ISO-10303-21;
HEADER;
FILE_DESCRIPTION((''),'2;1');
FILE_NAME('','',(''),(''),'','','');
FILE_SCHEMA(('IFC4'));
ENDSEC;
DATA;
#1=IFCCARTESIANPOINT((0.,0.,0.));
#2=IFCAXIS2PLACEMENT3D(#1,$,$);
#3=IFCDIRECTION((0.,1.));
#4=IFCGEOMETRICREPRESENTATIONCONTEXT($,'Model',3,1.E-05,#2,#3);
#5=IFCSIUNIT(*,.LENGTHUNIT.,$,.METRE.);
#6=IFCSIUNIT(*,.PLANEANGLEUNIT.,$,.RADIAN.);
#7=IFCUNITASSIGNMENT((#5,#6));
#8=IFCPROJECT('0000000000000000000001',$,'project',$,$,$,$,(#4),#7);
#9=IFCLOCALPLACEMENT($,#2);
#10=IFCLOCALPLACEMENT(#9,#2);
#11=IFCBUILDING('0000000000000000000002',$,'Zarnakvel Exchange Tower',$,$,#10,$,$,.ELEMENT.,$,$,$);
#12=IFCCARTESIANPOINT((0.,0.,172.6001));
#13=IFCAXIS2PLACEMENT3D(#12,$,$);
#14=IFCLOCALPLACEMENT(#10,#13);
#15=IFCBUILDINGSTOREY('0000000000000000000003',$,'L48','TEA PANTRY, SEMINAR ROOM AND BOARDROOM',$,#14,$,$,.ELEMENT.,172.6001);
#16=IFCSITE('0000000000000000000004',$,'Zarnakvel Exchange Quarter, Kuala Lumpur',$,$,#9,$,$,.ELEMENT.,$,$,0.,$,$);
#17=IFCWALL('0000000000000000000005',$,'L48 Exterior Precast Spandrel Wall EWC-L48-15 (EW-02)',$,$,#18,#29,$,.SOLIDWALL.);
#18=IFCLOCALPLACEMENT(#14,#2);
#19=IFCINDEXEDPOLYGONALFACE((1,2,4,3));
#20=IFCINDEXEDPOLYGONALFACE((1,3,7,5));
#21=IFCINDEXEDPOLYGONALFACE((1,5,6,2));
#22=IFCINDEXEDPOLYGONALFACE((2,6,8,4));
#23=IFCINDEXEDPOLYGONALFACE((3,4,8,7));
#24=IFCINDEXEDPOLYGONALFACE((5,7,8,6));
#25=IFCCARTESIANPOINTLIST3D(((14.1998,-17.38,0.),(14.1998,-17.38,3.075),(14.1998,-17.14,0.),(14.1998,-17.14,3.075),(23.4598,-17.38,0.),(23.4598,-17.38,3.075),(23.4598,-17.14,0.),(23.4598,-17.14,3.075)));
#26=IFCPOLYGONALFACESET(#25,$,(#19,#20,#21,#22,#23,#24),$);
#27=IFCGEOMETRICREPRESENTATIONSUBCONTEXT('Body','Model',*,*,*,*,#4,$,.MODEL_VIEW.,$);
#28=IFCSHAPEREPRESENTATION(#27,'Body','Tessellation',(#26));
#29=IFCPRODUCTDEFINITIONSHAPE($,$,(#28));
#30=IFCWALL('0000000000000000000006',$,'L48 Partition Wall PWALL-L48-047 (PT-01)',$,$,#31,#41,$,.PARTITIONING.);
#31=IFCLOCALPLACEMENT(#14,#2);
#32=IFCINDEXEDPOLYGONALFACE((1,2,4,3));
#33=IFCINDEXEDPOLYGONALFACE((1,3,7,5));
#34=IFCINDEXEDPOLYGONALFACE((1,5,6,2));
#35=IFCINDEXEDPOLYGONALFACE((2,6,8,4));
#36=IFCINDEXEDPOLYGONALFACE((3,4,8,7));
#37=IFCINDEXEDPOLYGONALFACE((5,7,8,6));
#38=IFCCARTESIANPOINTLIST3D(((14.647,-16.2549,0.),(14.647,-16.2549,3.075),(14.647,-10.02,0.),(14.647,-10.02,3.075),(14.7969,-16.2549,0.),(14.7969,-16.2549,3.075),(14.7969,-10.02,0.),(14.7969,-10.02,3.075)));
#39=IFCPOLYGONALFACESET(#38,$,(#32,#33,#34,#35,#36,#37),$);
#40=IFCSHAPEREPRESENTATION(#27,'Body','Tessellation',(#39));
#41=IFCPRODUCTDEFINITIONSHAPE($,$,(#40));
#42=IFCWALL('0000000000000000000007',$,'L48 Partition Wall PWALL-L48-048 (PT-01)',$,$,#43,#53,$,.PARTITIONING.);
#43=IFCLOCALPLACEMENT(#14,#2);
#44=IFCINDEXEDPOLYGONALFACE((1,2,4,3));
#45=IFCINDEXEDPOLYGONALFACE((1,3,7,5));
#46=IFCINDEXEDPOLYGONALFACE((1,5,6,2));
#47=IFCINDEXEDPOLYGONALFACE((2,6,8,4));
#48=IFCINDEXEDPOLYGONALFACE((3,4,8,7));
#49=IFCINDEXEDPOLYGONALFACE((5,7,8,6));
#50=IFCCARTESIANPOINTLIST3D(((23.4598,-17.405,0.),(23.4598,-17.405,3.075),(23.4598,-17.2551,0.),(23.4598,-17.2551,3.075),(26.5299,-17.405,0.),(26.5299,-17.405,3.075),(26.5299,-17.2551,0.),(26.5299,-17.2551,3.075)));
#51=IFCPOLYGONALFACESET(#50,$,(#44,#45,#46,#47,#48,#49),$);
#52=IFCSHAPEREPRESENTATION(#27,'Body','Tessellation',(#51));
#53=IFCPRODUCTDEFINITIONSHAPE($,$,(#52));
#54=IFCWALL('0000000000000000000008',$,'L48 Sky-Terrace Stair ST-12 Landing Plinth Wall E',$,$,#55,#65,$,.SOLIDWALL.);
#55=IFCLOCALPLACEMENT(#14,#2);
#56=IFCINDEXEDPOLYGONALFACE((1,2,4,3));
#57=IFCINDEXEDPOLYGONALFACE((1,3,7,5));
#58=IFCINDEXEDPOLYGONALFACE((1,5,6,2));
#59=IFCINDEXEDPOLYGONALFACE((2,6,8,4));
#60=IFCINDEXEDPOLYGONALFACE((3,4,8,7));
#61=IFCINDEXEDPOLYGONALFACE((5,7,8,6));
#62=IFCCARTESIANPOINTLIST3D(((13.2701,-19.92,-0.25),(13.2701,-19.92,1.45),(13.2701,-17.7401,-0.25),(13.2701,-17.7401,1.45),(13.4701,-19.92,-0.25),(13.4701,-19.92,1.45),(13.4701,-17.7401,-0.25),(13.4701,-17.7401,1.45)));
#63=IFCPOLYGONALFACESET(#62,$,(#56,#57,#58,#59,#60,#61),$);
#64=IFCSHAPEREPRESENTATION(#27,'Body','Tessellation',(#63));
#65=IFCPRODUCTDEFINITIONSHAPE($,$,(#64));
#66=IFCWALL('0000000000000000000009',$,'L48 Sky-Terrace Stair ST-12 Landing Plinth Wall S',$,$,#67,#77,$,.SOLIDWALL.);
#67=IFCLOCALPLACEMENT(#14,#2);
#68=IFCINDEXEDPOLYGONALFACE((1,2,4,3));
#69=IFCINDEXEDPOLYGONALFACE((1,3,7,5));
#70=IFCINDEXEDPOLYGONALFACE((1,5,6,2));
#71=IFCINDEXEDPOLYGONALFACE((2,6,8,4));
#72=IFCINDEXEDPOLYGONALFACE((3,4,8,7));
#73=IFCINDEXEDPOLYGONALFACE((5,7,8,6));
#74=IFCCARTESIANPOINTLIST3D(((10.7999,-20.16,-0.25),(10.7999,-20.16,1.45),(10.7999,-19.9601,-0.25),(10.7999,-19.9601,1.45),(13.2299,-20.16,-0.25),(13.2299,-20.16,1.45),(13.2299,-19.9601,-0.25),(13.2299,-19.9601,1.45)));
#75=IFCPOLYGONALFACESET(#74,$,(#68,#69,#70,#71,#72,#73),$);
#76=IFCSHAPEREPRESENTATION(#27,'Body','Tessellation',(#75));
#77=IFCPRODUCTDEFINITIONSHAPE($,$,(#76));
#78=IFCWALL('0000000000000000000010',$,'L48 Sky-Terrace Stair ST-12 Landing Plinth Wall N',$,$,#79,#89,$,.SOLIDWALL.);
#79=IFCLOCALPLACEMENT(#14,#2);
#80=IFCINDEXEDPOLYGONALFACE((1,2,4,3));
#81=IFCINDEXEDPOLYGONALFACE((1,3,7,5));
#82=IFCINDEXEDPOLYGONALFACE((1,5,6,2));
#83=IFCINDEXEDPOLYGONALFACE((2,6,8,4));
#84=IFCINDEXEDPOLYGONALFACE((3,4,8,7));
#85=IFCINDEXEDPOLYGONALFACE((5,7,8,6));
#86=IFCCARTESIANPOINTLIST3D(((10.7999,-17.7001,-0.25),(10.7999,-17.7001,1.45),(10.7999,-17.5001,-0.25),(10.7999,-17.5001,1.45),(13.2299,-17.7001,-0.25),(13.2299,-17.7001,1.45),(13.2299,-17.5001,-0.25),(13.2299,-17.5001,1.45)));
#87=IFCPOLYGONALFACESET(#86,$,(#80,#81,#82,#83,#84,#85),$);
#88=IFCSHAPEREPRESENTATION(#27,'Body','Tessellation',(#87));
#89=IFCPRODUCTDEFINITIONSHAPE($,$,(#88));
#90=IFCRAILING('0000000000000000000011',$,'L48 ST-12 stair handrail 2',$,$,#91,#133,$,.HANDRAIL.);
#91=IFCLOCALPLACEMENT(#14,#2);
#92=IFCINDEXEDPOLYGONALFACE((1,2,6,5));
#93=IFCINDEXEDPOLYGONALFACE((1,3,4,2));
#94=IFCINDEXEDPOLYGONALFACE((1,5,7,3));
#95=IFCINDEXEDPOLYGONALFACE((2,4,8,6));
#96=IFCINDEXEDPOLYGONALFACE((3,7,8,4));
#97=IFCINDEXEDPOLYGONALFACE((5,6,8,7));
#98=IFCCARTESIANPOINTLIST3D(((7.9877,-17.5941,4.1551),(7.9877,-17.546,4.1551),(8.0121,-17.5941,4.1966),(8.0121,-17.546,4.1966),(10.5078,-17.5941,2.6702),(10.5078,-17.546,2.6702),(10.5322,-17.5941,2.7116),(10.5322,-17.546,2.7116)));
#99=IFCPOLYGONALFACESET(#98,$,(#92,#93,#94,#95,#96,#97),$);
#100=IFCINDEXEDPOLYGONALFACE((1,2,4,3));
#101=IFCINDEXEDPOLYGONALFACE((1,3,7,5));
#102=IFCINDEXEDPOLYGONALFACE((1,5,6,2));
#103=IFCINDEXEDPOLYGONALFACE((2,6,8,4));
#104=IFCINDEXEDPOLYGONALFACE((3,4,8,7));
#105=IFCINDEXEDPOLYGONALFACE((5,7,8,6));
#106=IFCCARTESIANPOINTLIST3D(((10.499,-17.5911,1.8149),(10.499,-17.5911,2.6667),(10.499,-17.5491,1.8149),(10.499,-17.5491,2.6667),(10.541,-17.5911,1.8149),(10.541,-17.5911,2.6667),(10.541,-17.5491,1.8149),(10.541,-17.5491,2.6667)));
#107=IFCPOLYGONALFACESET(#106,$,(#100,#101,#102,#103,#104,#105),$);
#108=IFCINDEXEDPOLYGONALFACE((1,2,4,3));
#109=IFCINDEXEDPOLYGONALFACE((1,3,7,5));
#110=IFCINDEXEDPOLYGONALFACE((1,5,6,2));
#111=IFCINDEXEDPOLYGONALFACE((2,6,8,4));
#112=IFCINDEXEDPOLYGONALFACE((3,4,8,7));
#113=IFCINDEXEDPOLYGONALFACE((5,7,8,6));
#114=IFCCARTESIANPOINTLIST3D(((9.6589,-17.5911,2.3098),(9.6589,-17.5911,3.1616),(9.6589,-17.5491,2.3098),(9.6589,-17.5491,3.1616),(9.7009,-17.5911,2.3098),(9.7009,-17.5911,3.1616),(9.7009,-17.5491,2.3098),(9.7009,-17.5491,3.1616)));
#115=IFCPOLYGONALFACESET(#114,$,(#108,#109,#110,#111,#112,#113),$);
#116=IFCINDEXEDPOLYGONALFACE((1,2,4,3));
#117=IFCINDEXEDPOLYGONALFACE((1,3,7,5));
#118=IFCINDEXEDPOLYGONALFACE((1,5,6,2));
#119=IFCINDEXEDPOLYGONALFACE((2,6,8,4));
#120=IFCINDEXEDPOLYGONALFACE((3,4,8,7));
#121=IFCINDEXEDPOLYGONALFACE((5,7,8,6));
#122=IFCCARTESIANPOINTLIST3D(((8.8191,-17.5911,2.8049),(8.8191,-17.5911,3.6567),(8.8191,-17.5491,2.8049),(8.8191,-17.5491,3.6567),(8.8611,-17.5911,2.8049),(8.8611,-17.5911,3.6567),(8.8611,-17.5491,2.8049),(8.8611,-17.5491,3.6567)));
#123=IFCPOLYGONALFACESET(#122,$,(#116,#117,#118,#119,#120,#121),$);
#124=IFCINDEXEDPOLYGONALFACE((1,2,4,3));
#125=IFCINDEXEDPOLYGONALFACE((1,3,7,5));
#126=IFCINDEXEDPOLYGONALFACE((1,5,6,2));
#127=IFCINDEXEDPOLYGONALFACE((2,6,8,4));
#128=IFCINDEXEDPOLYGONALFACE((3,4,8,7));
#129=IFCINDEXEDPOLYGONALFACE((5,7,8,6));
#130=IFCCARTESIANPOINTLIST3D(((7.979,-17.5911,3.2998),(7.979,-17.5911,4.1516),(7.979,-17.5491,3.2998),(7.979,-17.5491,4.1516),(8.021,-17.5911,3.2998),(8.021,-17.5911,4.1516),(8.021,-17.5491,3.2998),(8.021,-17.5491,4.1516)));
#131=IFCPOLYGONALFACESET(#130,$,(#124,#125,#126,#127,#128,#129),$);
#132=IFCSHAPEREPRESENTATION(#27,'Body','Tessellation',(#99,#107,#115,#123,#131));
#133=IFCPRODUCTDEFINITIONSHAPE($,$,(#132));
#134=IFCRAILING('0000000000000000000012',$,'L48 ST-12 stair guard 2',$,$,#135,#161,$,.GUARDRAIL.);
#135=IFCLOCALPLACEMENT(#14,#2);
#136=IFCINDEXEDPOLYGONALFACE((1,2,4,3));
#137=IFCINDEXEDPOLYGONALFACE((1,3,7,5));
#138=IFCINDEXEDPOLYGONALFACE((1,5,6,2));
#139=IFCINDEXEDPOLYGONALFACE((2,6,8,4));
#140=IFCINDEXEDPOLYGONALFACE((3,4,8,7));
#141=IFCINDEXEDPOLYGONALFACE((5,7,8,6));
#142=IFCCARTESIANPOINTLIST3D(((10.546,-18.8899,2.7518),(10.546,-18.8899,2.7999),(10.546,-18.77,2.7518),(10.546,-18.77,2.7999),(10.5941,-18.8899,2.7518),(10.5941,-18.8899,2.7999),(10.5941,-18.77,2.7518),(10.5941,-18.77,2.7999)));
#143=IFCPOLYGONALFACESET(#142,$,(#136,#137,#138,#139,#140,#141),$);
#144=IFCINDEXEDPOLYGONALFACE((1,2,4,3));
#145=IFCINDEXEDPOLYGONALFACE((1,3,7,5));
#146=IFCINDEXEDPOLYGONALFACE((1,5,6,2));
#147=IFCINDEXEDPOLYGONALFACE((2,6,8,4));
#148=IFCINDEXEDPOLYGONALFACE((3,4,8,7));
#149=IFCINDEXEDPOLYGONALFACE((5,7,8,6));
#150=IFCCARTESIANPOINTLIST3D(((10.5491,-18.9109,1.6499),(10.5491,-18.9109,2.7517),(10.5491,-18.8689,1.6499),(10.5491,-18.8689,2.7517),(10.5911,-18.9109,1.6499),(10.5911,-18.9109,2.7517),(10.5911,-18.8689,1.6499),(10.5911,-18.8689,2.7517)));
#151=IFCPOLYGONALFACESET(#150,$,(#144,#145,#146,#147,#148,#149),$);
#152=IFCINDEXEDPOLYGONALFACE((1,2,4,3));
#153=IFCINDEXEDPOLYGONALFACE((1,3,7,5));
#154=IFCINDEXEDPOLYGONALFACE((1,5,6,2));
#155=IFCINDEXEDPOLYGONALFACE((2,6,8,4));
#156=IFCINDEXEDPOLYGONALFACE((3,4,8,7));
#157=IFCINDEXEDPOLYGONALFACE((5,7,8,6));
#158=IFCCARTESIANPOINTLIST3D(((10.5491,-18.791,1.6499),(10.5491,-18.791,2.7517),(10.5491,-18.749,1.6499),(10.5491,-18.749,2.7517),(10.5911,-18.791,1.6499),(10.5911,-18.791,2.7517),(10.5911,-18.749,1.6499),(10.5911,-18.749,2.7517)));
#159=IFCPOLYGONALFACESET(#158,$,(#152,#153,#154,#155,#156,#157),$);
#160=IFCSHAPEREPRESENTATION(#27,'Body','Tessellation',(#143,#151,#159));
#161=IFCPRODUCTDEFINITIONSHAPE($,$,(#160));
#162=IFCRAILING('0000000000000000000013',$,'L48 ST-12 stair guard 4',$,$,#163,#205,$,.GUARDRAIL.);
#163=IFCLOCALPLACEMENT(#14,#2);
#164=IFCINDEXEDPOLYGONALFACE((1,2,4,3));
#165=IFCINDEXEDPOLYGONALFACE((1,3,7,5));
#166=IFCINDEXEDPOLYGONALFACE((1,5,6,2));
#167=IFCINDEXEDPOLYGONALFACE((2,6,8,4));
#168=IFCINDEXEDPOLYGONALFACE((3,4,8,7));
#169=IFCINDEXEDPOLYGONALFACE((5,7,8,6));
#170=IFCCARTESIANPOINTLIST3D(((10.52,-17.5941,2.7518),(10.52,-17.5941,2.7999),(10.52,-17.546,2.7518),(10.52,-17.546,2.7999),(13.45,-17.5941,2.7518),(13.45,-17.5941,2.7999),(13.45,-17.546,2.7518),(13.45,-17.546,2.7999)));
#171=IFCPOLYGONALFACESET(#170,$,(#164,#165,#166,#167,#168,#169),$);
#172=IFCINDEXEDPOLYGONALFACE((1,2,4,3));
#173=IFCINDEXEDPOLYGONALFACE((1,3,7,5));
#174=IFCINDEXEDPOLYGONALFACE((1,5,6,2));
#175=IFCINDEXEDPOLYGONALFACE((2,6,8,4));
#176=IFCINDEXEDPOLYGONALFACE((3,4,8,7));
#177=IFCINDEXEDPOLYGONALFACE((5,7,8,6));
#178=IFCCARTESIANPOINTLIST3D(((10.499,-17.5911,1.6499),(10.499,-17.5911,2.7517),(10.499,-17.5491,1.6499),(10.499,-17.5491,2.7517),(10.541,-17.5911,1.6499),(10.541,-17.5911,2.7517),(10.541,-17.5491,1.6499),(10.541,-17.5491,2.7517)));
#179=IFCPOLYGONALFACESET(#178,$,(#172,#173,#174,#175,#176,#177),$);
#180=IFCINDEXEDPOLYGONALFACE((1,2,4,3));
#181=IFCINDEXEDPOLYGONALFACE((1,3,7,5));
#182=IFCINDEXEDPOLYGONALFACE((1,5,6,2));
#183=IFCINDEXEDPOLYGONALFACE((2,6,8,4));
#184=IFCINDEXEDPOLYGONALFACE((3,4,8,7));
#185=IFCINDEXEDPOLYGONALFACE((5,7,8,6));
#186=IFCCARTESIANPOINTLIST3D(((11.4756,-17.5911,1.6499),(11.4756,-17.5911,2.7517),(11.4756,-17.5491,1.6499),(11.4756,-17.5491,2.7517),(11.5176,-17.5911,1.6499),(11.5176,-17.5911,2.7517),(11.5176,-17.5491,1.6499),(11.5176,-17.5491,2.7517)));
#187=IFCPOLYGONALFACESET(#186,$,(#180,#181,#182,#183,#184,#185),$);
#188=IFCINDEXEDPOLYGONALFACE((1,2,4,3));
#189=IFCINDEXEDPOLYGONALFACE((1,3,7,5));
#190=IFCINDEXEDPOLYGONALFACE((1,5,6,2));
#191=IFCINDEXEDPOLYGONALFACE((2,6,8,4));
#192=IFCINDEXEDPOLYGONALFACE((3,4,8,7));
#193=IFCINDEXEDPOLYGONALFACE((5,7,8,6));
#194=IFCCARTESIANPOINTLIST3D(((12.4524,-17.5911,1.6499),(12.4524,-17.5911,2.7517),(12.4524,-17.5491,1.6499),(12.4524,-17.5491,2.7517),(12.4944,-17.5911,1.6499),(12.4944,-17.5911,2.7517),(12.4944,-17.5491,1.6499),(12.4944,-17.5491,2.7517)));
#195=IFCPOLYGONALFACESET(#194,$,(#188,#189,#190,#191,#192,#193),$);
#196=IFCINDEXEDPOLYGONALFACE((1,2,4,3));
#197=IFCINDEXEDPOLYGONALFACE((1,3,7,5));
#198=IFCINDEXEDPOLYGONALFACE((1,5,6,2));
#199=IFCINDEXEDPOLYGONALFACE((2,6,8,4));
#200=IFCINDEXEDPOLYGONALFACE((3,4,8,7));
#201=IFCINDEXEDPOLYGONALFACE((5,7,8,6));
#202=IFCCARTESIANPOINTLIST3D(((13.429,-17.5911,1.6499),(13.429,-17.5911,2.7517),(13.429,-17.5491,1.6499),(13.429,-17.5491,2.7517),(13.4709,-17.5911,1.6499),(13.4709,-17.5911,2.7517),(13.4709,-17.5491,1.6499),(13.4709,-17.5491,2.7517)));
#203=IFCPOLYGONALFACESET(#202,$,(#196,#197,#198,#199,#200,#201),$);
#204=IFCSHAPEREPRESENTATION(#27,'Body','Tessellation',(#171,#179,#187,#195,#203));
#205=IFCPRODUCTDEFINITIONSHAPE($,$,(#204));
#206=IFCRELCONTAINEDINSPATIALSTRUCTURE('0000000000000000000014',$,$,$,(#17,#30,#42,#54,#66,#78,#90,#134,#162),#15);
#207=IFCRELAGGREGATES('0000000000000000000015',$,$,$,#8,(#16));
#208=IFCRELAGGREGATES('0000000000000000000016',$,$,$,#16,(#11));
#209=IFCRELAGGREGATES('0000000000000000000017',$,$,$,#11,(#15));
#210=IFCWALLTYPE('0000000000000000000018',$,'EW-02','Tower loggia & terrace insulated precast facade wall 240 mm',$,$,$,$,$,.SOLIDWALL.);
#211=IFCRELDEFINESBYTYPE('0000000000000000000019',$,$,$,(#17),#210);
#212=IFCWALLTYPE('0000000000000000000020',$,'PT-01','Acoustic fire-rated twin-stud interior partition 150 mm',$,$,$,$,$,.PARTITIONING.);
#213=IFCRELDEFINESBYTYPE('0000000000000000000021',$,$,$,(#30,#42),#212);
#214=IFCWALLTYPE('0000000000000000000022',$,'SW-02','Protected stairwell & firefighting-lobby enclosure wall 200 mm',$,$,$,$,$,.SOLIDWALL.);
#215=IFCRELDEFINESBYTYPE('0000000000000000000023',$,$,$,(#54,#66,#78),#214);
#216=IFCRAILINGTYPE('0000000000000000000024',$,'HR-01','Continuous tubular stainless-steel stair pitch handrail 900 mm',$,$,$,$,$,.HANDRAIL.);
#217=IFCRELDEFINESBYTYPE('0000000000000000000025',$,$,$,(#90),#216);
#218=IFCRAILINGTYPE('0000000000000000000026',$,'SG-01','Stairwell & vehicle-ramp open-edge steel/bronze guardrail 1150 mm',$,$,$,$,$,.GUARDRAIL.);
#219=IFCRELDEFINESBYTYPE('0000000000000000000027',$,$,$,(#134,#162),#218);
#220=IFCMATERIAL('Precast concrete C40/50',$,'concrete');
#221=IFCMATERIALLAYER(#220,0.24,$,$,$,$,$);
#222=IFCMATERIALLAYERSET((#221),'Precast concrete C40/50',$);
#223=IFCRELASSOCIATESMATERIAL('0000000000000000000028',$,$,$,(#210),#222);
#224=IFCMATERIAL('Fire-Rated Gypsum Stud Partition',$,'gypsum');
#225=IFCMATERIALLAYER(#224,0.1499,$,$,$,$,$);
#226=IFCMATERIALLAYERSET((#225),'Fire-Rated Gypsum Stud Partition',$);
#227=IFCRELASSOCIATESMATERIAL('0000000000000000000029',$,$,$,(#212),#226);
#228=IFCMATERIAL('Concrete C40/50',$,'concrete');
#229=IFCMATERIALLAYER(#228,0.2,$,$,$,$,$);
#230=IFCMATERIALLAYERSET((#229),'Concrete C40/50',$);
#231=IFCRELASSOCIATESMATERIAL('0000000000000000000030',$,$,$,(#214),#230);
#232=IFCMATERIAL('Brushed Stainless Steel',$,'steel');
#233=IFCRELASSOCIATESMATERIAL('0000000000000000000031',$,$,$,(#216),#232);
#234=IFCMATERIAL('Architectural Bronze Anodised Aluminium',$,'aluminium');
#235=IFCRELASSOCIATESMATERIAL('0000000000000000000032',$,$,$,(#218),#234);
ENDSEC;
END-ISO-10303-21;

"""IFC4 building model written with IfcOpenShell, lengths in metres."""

from ifc_helpers import new_model, si_unit, direction, frame, frame_2d, origin, origin_2d, place, context, subcontext, project, spatial, rectangle, extrude, material, layer, layer_set, type_object, element, save


model = new_model("IFC4")

# Units and contexts
model_context = context("Model", 3, precision=1e-05, world=origin(), true_north=direction((0.0, 1.0)))
body_context = subcontext(model_context, "Body", "Model", "MODEL_VIEW")
ifc_project = project(units=[si_unit("LENGTHUNIT", "METRE"), si_unit("PLANEANGLEUNIT", "RADIAN")], contexts=[model_context])

# Site, building, storey
site_placement = place(None, origin())
site = spatial("IfcSite", under=ifc_project, at=site_placement, Name="Zarnakvel Exchange Quarter, Kuala Lumpur", CompositionType="ELEMENT", RefElevation=0.0)
building_placement = place(site_placement, origin())
building = spatial("IfcBuilding", under=site, at=building_placement, Name="Zarnakvel Exchange Tower", CompositionType="ELEMENT")
storey_placement = place(building_placement, frame((0.0, 0.0, 172.6001)))
storey = spatial("IfcBuildingStorey", under=building, at=storey_placement, Name="L48", Description="TEA PANTRY, SEMINAR ROOM AND BOARDROOM", CompositionType="ELEMENT", Elevation=172.6001)

# Shared definitions
ifc_material_1 = material(Name="Architectural Bronze Anodised Aluminium", Category="aluminium")

# Shared definitions
ifc_material_2 = material(Name="Precast concrete C40/50", Category="concrete")
ifc_layer_1 = layer(ifc_material_2, 0.24)
ifc_layer_set_1 = layer_set([ifc_layer_1], Name="Precast concrete C40/50")
wall_type_1 = type_object("IfcWallType", Name="EW-02", Description="Tower loggia & terrace insulated precast facade wall 240 mm", PredefinedType="SOLIDWALL", material=ifc_layer_set_1)

# Walls
wall_1_placement = place(storey_placement, frame((14.2, -17.26, 0.0), z_axis=(0.0, 0.0, 1.0), x_axis=(1.0, 0.0, 0.0)))
element("IfcWall", 1, at=wall_1_placement, inside=storey, type_object=wall_type_1, Name="L48 Exterior Precast Spandrel Wall EWC-L48-15 (EW-02)", PredefinedType="SOLIDWALL", context=body_context, shape_type="SweptSolid", body=[
    extrude(rectangle(XDim=9.26, YDim=0.24, at=frame_2d((4.6299, 0.0))), origin(), (0.0, 0.0, 1.0), 3.075),
])
ifc_material_3 = material(Name="Fire-Rated Gypsum Stud Partition", Category="gypsum")
ifc_layer_2 = layer(ifc_material_3, 0.1499)
ifc_layer_set_2 = layer_set([ifc_layer_2], Name="Fire-Rated Gypsum Stud Partition")
wall_type_2 = type_object("IfcWallType", Name="PT-01", Description="Acoustic fire-rated twin-stud interior partition 150 mm", PredefinedType="PARTITIONING", material=ifc_layer_set_2)
wall_2_placement = place(storey_placement, frame((14.7219, -10.02, 0.0), z_axis=(0.0, 0.0, 1.0), x_axis=(0.0, -1.0, 0.0)))
element("IfcWall", 2, at=wall_2_placement, inside=storey, type_object=wall_type_2, Name="L48 Partition Wall PWALL-L48-047 (PT-01)", PredefinedType="PARTITIONING", context=body_context, shape_type="SweptSolid", body=[
    extrude(rectangle(XDim=6.2349, YDim=0.1499, at=frame_2d((3.1174, 0.0))), origin(), (0.0, 0.0, 1.0), 3.075),
])
wall_3_placement = place(storey_placement, frame((26.53, -17.3301, 0.0), z_axis=(0.0, 0.0, 1.0), x_axis=(-1.0, 0.0, 0.0)))
element("IfcWall", 3, at=wall_3_placement, inside=storey, type_object=wall_type_2, Name="L48 Partition Wall PWALL-L48-048 (PT-01)", PredefinedType="PARTITIONING", context=body_context, shape_type="SweptSolid", body=[
    extrude(rectangle(XDim=3.0701, YDim=0.1499, at=frame_2d((1.5352, 0.0))), origin(), (0.0, 0.0, 1.0), 3.075),
])
ifc_material_4 = material(Name="Concrete C40/50", Category="concrete")
ifc_layer_3 = layer(ifc_material_4, 0.2)
ifc_layer_set_3 = layer_set([ifc_layer_3], Name="Concrete C40/50")
wall_type_3 = type_object("IfcWallType", Name="SW-02", Description="Protected stairwell & firefighting-lobby enclosure wall 200 mm", PredefinedType="SOLIDWALL", material=ifc_layer_set_3)
wall_4_placement = place(storey_placement, frame((13.3701, -19.9199, -0.25), z_axis=(0.0, 0.0, 1.0), x_axis=(0.0, 1.0, 0.0)))
element("IfcWall", 4, at=wall_4_placement, inside=storey, type_object=wall_type_3, Name="L48 Sky-Terrace Stair ST-12 Landing Plinth Wall E", PredefinedType="SOLIDWALL", context=body_context, shape_type="SweptSolid", body=[
    extrude(rectangle(XDim=2.1799, YDim=0.2, at=frame_2d((1.0898, 0.0))), origin(), (0.0, 0.0, 1.0), 1.7),
])
for number, where, z_axis, x_axis, name in (
    (5, (10.8, -20.0601, -0.25), (0.0, 0.0, 1.0), (1.0, 0.0, 0.0), "L48 Sky-Terrace Stair ST-12 Landing Plinth Wall S"),
    (6, (10.8, -17.6001, -0.25), (0.0, 0.0, 1.0), (1.0, 0.0, 0.0), "L48 Sky-Terrace Stair ST-12 Landing Plinth Wall N"),
):
    element("IfcWall", number, at=place(storey_placement, frame(where, z_axis=z_axis, x_axis=x_axis)), inside=storey, type_object=wall_type_3, Name=name, PredefinedType="SOLIDWALL", context=body_context, shape_type="SweptSolid", body=[
        extrude(rectangle(XDim=2.4299, YDim=0.2, at=frame_2d((1.2148, 0.0))), origin(), (0.0, 0.0, 1.0), 1.7),
    ])

# Railings
ifc_material_5 = material(Name="Brushed Stainless Steel", Category="steel")
railing_type_1 = type_object("IfcRailingType", Name="HR-01", Description="Continuous tubular stainless-steel stair pitch handrail 900 mm", PredefinedType="HANDRAIL", material=ifc_material_5)
railing_1_placement = place(storey_placement, frame((10.52, -17.5701, 1.8149)))
element("IfcRailing", 7, at=railing_1_placement, inside=storey, type_object=railing_type_1, Name="L48 ST-12 stair handrail 2", PredefinedType="HANDRAIL", context=body_context, shape_type="SweptSolid", body=[
    extrude(rectangle(XDim=0.0481, YDim=0.0481, at=origin_2d()), frame((0.0, 0.0, 0.876), z_axis=(-0.861561, 0.0, 0.507655), x_axis=(0.0, -1.0, 0.0)), (0.0, 0.0, 1.0), 2.925),
    extrude(rectangle(XDim=0.042, YDim=0.042, at=origin_2d()), origin(), (0.0, 0.0, 1.0), 0.8518),
    extrude(rectangle(XDim=0.042, YDim=0.042, at=origin_2d()), frame((-0.8401, 0.0, 0.4949)), (0.0, 0.0, 1.0), 0.8518),
    extrude(rectangle(XDim=0.042, YDim=0.042, at=origin_2d()), frame((-1.6799, 0.0, 0.99)), (0.0, 0.0, 1.0), 0.8518),
    extrude(rectangle(XDim=0.042, YDim=0.042, at=origin_2d()), frame((-2.52, 0.0, 1.4849)), (0.0, 0.0, 1.0), 0.8518),
])
railing_type_2 = type_object("IfcRailingType", Name="SG-01", Description="Stairwell & vehicle-ramp open-edge steel/bronze guardrail 1150 mm", PredefinedType="GUARDRAIL", material=ifc_material_1)
railing_2_placement = place(storey_placement, frame((10.5701, -18.8899, 1.6499)))
element("IfcRailing", 8, at=railing_2_placement, inside=storey, type_object=railing_type_2, Name="L48 ST-12 stair guard 2", PredefinedType="GUARDRAIL", context=body_context, shape_type="SweptSolid", body=[
    extrude(rectangle(XDim=0.0481, YDim=0.0481, at=origin_2d()), frame((0.0, 0.0, 1.126), z_axis=(0.0, 1.0, 0.0), x_axis=(-1.0, 0.0, 0.0)), (0.0, 0.0, 1.0), 0.1199),
    extrude(rectangle(XDim=0.042, YDim=0.042, at=origin_2d()), origin(), (0.0, 0.0, 1.0), 1.1018),
    extrude(rectangle(XDim=0.042, YDim=0.042, at=origin_2d()), frame((0.0, 0.1199, 0.0)), (0.0, 0.0, 1.0), 1.1018),
])
railing_3_placement = place(storey_placement, frame((10.52, -17.5701, 1.6499)))
element("IfcRailing", 9, at=railing_3_placement, inside=storey, type_object=railing_type_2, Name="L48 ST-12 stair guard 4", PredefinedType="GUARDRAIL", context=body_context, shape_type="SweptSolid", body=[
    extrude(rectangle(XDim=0.0481, YDim=0.0481, at=origin_2d()), frame((0.0, 0.0, 1.126), z_axis=(1.0, 0.0, 0.0), x_axis=(0.0, 1.0, 0.0)), (0.0, 0.0, 1.0), 2.9299),
    extrude(rectangle(XDim=0.042, YDim=0.042, at=origin_2d()), origin(), (0.0, 0.0, 1.0), 1.1018),
    extrude(rectangle(XDim=0.042, YDim=0.042, at=origin_2d()), frame((0.9766, 0.0, 0.0)), (0.0, 0.0, 1.0), 1.1018),
    extrude(rectangle(XDim=0.042, YDim=0.042, at=origin_2d()), frame((1.9534, 0.0, 0.0)), (0.0, 0.0, 1.0), 1.1018),
    extrude(rectangle(XDim=0.042, YDim=0.042, at=origin_2d()), frame((2.9299, 0.0, 0.0)), (0.0, 0.0, 1.0), 1.1018),
])

save(model, "model.ifc")
